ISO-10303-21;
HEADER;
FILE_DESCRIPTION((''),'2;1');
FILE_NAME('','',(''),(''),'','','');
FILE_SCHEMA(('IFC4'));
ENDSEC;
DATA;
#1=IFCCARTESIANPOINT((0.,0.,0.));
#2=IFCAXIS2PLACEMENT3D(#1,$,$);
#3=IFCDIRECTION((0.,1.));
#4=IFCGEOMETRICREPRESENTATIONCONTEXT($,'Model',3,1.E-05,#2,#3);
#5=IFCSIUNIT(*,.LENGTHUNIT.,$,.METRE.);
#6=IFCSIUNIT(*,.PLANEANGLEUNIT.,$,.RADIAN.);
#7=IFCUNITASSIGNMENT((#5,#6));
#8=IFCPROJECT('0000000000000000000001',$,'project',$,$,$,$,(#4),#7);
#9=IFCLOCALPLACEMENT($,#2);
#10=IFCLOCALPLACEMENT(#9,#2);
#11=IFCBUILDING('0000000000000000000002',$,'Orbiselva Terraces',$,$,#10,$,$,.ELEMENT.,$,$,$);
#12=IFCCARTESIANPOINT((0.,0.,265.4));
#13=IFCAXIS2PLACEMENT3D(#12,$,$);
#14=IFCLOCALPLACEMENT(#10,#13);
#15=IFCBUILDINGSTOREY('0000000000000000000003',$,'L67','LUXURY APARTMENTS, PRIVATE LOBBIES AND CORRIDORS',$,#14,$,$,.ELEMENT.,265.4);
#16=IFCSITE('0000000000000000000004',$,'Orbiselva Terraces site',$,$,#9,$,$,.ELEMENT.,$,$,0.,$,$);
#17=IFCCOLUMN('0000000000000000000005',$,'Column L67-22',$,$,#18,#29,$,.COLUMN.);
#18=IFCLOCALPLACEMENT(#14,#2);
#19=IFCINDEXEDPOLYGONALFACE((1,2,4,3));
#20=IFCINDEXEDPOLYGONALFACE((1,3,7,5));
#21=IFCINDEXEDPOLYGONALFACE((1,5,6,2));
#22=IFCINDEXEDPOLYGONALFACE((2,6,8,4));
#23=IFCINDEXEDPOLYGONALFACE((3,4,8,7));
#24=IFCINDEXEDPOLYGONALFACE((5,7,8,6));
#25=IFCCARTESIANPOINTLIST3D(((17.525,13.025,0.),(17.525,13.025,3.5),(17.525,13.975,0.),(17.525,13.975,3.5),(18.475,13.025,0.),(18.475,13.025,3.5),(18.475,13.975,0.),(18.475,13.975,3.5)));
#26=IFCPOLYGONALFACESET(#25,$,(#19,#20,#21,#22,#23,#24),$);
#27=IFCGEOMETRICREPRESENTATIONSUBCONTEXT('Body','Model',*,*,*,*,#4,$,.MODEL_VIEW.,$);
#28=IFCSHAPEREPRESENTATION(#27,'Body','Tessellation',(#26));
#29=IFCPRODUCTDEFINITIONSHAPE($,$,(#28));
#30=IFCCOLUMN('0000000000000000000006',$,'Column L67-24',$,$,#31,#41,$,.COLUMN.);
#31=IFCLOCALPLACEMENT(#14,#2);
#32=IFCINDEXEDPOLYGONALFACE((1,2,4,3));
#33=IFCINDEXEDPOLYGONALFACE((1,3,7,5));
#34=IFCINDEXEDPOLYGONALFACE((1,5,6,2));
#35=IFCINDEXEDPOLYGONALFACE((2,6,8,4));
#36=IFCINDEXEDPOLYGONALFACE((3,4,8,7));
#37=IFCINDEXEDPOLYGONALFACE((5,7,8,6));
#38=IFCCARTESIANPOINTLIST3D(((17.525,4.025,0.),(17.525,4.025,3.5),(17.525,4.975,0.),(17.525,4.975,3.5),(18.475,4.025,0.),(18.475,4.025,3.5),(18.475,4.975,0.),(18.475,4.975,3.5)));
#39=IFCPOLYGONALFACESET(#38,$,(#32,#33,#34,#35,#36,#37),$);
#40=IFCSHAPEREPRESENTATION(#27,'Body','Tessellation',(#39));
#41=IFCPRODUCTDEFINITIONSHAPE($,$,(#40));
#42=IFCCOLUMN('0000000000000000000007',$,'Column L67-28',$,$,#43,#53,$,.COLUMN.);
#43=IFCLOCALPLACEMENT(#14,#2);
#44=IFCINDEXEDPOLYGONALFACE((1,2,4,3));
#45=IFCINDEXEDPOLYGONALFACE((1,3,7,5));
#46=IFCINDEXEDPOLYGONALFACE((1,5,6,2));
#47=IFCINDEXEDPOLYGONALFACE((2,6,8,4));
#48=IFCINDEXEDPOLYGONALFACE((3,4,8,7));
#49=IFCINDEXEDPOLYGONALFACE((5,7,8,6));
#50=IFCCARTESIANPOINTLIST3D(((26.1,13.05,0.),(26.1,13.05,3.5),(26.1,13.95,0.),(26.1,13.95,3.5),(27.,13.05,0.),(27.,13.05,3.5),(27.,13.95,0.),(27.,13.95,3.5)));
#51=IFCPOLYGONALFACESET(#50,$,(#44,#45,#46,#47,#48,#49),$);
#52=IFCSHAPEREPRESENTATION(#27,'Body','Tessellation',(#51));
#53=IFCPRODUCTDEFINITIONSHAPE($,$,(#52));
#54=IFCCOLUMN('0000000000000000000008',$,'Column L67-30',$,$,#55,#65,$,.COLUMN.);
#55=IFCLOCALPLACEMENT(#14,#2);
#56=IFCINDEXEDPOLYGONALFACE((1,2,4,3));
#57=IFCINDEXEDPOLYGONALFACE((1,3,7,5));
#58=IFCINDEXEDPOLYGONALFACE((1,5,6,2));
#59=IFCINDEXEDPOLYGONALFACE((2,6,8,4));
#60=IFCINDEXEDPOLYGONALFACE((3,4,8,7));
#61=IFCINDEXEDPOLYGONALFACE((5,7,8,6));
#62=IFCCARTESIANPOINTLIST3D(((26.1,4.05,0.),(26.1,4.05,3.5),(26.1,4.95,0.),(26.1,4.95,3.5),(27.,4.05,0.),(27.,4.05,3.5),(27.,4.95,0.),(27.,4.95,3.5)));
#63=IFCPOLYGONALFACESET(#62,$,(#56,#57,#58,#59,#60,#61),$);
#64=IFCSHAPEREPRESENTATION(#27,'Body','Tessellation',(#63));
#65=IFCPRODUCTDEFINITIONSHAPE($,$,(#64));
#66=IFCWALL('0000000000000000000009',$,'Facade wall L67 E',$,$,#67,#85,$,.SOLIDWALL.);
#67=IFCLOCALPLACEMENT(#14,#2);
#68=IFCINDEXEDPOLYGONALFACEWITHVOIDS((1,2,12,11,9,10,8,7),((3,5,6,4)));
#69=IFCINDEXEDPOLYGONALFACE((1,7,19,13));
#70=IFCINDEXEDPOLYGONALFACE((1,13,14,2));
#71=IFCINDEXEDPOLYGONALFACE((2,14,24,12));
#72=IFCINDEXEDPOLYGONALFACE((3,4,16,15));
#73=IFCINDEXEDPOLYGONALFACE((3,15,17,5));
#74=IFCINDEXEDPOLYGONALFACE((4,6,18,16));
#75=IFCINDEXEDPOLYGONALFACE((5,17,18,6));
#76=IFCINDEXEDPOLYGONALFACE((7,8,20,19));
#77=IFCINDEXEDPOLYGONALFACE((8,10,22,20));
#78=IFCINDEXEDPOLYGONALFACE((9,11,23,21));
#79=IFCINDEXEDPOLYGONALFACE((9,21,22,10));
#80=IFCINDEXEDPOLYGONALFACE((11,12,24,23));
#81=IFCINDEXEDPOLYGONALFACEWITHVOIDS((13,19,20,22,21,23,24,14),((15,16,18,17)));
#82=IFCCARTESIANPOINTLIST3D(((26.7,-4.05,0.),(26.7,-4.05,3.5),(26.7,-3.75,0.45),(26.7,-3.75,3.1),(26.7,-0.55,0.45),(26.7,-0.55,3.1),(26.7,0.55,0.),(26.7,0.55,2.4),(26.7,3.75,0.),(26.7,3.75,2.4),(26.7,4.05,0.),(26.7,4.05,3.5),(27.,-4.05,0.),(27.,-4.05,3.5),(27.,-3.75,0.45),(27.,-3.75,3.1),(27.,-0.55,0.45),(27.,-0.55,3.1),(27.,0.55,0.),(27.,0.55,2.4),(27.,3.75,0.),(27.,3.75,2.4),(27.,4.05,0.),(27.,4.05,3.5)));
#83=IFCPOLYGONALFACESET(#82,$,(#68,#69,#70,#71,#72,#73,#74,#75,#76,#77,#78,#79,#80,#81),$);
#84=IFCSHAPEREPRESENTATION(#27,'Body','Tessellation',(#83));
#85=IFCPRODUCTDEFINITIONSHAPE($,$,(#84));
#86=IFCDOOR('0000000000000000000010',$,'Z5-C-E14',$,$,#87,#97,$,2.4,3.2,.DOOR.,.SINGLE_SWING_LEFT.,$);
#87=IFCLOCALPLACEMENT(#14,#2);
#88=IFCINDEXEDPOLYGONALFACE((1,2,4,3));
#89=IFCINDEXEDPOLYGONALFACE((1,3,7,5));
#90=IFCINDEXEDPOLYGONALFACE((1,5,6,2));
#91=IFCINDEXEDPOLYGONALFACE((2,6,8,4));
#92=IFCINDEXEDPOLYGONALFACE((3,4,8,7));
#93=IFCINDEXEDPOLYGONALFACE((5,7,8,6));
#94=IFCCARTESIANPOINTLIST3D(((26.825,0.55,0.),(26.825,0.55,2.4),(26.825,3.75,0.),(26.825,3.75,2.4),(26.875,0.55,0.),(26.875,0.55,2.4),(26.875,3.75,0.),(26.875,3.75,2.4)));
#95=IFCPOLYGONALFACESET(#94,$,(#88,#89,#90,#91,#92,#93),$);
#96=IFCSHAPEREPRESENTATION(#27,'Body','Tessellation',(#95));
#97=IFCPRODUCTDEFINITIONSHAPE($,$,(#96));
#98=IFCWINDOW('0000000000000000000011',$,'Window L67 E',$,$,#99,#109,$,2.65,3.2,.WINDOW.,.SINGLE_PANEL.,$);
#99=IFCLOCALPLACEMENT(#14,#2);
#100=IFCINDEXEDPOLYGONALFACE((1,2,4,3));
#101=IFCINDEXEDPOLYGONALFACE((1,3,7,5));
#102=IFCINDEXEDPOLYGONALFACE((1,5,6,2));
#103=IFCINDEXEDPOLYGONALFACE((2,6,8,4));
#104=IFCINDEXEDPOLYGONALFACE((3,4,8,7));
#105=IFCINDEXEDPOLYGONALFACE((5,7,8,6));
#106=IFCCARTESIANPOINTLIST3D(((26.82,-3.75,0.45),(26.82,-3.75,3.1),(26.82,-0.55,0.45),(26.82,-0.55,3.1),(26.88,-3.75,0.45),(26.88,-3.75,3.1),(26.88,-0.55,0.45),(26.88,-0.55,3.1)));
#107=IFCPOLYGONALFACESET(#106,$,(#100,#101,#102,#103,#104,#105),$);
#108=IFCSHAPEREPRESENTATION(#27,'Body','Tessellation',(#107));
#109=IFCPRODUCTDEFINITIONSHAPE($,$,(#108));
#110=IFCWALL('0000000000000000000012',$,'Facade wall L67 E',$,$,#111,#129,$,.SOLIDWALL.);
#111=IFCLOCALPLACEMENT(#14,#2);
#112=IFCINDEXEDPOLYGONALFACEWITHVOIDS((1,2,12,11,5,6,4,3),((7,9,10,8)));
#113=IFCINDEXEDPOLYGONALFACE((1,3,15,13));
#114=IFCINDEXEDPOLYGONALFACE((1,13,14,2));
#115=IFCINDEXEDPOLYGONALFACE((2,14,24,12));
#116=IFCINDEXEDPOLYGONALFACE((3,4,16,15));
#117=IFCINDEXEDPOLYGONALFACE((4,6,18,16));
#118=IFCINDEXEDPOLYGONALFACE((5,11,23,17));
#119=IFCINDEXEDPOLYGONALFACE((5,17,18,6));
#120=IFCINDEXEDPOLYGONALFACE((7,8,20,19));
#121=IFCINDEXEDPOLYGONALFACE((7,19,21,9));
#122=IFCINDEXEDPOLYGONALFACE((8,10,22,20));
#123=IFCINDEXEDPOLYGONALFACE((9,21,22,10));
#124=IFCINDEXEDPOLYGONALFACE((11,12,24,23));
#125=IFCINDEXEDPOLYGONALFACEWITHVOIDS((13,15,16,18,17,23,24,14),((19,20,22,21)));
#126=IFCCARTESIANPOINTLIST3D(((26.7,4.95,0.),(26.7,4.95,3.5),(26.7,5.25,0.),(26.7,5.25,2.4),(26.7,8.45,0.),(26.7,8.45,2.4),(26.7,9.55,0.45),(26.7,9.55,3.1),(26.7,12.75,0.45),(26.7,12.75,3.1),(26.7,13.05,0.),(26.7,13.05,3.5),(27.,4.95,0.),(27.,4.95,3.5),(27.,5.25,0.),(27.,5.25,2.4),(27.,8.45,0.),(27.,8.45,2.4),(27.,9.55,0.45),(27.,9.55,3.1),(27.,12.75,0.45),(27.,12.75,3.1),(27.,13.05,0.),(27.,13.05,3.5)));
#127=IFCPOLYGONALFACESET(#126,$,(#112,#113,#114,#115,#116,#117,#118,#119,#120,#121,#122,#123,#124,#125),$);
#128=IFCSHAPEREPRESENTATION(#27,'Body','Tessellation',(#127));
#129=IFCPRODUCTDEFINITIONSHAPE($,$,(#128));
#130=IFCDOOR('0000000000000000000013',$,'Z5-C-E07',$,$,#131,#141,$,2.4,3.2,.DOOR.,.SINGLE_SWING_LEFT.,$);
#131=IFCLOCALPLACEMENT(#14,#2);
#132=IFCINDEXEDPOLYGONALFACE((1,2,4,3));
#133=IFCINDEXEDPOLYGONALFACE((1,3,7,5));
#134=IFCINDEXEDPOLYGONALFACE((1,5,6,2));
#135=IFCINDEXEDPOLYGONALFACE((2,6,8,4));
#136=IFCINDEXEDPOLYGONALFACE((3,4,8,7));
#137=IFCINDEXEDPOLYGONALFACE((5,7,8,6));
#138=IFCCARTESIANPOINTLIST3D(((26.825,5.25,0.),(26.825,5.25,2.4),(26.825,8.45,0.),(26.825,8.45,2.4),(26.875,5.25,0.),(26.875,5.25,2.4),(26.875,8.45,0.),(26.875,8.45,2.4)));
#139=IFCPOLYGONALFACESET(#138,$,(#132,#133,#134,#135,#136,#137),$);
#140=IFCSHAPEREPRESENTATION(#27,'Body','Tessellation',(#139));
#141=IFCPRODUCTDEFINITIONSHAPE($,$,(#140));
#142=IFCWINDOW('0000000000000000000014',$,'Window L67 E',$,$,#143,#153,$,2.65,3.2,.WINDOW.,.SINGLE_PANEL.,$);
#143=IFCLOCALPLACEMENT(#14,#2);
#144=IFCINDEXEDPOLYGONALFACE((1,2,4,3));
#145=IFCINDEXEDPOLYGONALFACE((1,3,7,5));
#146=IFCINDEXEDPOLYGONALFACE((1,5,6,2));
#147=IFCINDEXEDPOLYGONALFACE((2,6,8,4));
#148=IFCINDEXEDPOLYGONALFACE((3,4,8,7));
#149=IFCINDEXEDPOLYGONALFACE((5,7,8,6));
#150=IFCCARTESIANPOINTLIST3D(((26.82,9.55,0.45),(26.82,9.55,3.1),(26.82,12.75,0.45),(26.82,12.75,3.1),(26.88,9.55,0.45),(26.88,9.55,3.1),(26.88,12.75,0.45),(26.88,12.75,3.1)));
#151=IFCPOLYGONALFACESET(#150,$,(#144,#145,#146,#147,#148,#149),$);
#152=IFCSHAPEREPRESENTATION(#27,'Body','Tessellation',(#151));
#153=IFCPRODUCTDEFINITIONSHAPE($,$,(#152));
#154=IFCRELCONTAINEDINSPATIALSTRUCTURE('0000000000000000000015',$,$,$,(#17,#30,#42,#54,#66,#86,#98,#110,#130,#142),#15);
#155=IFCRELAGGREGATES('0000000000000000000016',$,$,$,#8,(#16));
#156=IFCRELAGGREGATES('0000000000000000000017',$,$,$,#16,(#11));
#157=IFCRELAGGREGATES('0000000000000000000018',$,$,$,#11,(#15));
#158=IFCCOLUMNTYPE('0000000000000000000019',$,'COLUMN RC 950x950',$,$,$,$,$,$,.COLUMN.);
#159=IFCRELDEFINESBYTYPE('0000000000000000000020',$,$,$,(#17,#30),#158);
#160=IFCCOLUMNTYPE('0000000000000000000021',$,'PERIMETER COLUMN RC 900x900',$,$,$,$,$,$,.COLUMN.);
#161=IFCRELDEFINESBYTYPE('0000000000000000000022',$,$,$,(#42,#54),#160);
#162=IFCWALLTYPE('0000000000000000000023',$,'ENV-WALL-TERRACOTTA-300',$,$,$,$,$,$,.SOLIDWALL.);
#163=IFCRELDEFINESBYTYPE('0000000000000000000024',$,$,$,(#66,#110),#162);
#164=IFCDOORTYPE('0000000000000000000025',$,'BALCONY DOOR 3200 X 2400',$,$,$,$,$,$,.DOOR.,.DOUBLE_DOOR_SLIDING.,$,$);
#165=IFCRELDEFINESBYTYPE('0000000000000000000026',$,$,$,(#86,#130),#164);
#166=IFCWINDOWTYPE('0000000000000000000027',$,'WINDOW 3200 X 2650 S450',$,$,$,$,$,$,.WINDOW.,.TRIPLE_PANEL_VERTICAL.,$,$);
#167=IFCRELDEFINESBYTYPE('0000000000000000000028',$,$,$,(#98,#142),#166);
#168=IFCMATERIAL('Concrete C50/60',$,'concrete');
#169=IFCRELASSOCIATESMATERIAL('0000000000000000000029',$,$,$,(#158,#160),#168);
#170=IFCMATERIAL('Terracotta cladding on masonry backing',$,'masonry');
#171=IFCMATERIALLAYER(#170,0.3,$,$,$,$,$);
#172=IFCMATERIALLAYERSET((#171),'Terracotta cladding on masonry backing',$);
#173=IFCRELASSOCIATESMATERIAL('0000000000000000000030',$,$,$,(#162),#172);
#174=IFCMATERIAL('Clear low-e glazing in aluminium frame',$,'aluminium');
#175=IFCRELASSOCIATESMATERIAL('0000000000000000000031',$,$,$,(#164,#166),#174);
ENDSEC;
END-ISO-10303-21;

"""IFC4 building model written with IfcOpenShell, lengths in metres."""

from ifc_helpers import new_model, si_unit, direction, frame, frame_2d, origin, origin_2d, place, context, subcontext, project, spatial, rectangle, extrude, material, layer, layer_set, material_profile, profile_set, type_object, element, fill, save


model = new_model("IFC4")

# Units and contexts
model_context = context("Model", 3, precision=1e-05, world=origin(), true_north=direction((0.0, 1.0)))
body_context = subcontext(model_context, "Body", "Model", "MODEL_VIEW")
ifc_project = project(units=[si_unit("LENGTHUNIT", "METRE"), si_unit("PLANEANGLEUNIT", "RADIAN")], contexts=[model_context])

# Site, building, storey
site_placement = place(None, origin())
site = spatial("IfcSite", under=ifc_project, at=site_placement, Name="Orbiselva Terraces site", CompositionType="ELEMENT", RefElevation=0.0)
building_placement = place(site_placement, origin())
building = spatial("IfcBuilding", under=site, at=building_placement, Name="Orbiselva Terraces", CompositionType="ELEMENT")
storey_placement = place(building_placement, frame((0.0, 0.0, 265.4)))
storey = spatial("IfcBuildingStorey", under=building, at=storey_placement, Name="L67", Description="LUXURY APARTMENTS, PRIVATE LOBBIES AND CORRIDORS", CompositionType="ELEMENT", Elevation=265.4)

# Columns
ifc_material_1 = material(Name="Concrete C50/60", Category="concrete")
ifc_material_profile_1 = material_profile(ifc_material_1, rectangle(XDim=0.95, YDim=0.95, at=origin_2d()), Name="RC 950x950")
ifc_profile_set_1 = profile_set([ifc_material_profile_1], Name="Concrete C50/60")
column_type_1 = type_object("IfcColumnType", Name="COLUMN RC 950x950", PredefinedType="COLUMN", material=ifc_profile_set_1)
for number, where, z_axis, x_axis, name in (
    (1, (18.0, 13.5, 0.0), (0.0, 0.0, 1.0), (1.0, 0.0, 0.0), "Column L67-22"),
    (2, (18.0, 4.5, 0.0), (0.0, 0.0, 1.0), (1.0, 0.0, 0.0), "Column L67-24"),
):
    element("IfcColumn", number, at=place(storey_placement, frame(where, z_axis=z_axis, x_axis=x_axis)), inside=storey, type_object=column_type_1, Name=name, PredefinedType="COLUMN", context=body_context, shape_type="SweptSolid", body=[
        extrude(rectangle(XDim=0.95, YDim=0.95, at=origin_2d()), origin(), (0.0, 0.0, 1.0), 3.5),
    ])
ifc_material_profile_2 = material_profile(ifc_material_1, rectangle(XDim=0.9, YDim=0.9, at=origin_2d()), Name="RC 900x900")
ifc_profile_set_2 = profile_set([ifc_material_profile_2], Name="Concrete C50/60")
column_type_2 = type_object("IfcColumnType", Name="PERIMETER COLUMN RC 900x900", PredefinedType="COLUMN", material=ifc_profile_set_2)
for number, where, z_axis, x_axis, name in (
    (3, (26.55, 13.5, 0.0), (0.0, 0.0, 1.0), (1.0, 0.0, 0.0), "Column L67-28"),
    (4, (26.55, 4.5, 0.0), (0.0, 0.0, 1.0), (1.0, 0.0, 0.0), "Column L67-30"),
):
    element("IfcColumn", number, at=place(storey_placement, frame(where, z_axis=z_axis, x_axis=x_axis)), inside=storey, type_object=column_type_2, Name=name, PredefinedType="COLUMN", context=body_context, shape_type="SweptSolid", body=[
        extrude(rectangle(XDim=0.9, YDim=0.9, at=origin_2d()), origin(), (0.0, 0.0, 1.0), 3.5),
    ])

# Walls, openings, doors, windows
ifc_material_2 = material(Name="Terracotta cladding on masonry backing", Category="masonry")
ifc_layer_1 = layer(ifc_material_2, 0.3)
ifc_layer_set_1 = layer_set([ifc_layer_1], Name="Terracotta cladding on masonry backing")
wall_type_1 = type_object("IfcWallType", Name="ENV-WALL-TERRACOTTA-300", PredefinedType="SOLIDWALL", material=ifc_layer_set_1)
wall_1_placement = place(storey_placement, frame((26.85, 4.05, 0.0), z_axis=(0.0, 0.0, 1.0), x_axis=(0.0, -1.0, 0.0)))
wall_1 = element("IfcWall", 5, at=wall_1_placement, inside=storey, type_object=wall_type_1, Name="Facade wall L67 E", PredefinedType="SOLIDWALL", context=body_context, shape_type="SweptSolid", body=[
    extrude(rectangle(XDim=8.1, YDim=0.3, at=frame_2d((4.05, 0.0))), origin(), (0.0, 0.0, 1.0), 3.5),
])
opening_1_placement = place(wall_1_placement, frame((4.6, 0.0, 0.45)))
opening_1 = element("IfcOpeningElement", 6, at=opening_1_placement, cuts=wall_1, PredefinedType="OPENING", context=body_context, shape_type="SweptSolid", body=[
    extrude(rectangle(XDim=3.2, YDim=2.65, at=frame_2d((1.6, 1.325))), frame((0.0, 0.16, 0.0), z_axis=(0.0, -1.0, 0.0), x_axis=(1.0, 0.0, 0.0)), (0.0, 0.0, 1.0), 0.32),
])
opening_2_placement = place(wall_1_placement, frame((0.3, 0.0, 0.0)))
opening_2 = element("IfcOpeningElement", 7, at=opening_2_placement, cuts=wall_1, PredefinedType="OPENING", context=body_context, shape_type="SweptSolid", body=[
    extrude(rectangle(XDim=3.2, YDim=2.4, at=frame_2d((1.6, 1.2))), frame((0.0, 0.16, 0.0), z_axis=(0.0, -1.0, 0.0), x_axis=(1.0, 0.0, 0.0)), (0.0, 0.0, 1.0), 0.32),
])
ifc_material_3 = material(Name="Clear low-e glazing in aluminium frame", Category="aluminium")
door_type_1 = type_object("IfcDoorType", Name="BALCONY DOOR 3200 X 2400", OperationType="DOUBLE_DOOR_SLIDING", PredefinedType="DOOR", material=ifc_material_3)
door_1_placement = place(opening_2_placement, origin())
door_1 = element("IfcDoor", 8, at=door_1_placement, inside=storey, type_object=door_type_1, Name="Z5-C-E14", OperationType="SINGLE_SWING_LEFT", OverallHeight=2.4, OverallWidth=3.2, PredefinedType="DOOR", context=body_context, shape_type="SweptSolid", body=[
    extrude(rectangle(XDim=3.2, YDim=2.4, at=frame_2d((1.6, 1.2))), frame((0.0, 0.025, 0.0), z_axis=(0.0, -1.0, 0.0), x_axis=(1.0, 0.0, 0.0)), (0.0, 0.0, 1.0), 0.05),
])
fill(opening_2, door_1)
window_type = type_object("IfcWindowType", Name="WINDOW 3200 X 2650 S450", PartitioningType="TRIPLE_PANEL_VERTICAL", PredefinedType="WINDOW", material=ifc_material_3)
window_1_placement = place(opening_1_placement, origin())
window_1 = element("IfcWindow", 9, at=window_1_placement, inside=storey, type_object=window_type, Name="Window L67 E", OverallHeight=2.65, OverallWidth=3.2, PartitioningType="SINGLE_PANEL", PredefinedType="WINDOW", context=body_context, shape_type="SweptSolid", body=[
    extrude(rectangle(XDim=3.2, YDim=2.65, at=frame_2d((1.6, 1.325))), frame((0.0, 0.03, 0.0), z_axis=(0.0, -1.0, 0.0), x_axis=(1.0, 0.0, 0.0)), (0.0, 0.0, 1.0), 0.06),
])
fill(opening_1, window_1)
wall_2_placement = place(storey_placement, frame((26.85, 13.05, 0.0), z_axis=(0.0, 0.0, 1.0), x_axis=(0.0, -1.0, 0.0)))
wall_2 = element("IfcWall", 10, at=wall_2_placement, inside=storey, type_object=wall_type_1, Name="Facade wall L67 E", PredefinedType="SOLIDWALL", context=body_context, shape_type="SweptSolid", body=[
    extrude(rectangle(XDim=8.1, YDim=0.3, at=frame_2d((4.05, 0.0))), origin(), (0.0, 0.0, 1.0), 3.5),
])
opening_3_placement = place(wall_2_placement, frame((4.6, 0.0, 0.0)))
opening_3 = element("IfcOpeningElement", 11, at=opening_3_placement, cuts=wall_2, PredefinedType="OPENING", context=body_context, shape_type="SweptSolid", body=[
    extrude(rectangle(XDim=3.2, YDim=2.4, at=frame_2d((1.6, 1.2))), frame((0.0, 0.16, 0.0), z_axis=(0.0, -1.0, 0.0), x_axis=(1.0, 0.0, 0.0)), (0.0, 0.0, 1.0), 0.32),
])
opening_4_placement = place(wall_2_placement, frame((0.3, 0.0, 0.45)))
opening_4 = element("IfcOpeningElement", 12, at=opening_4_placement, cuts=wall_2, PredefinedType="OPENING", context=body_context, shape_type="SweptSolid", body=[
    extrude(rectangle(XDim=3.2, YDim=2.65, at=frame_2d((1.6, 1.325))), frame((0.0, 0.16, 0.0), z_axis=(0.0, -1.0, 0.0), x_axis=(1.0, 0.0, 0.0)), (0.0, 0.0, 1.0), 0.32),
])
door_2_placement = place(opening_3_placement, origin())
door_2 = element("IfcDoor", 13, at=door_2_placement, inside=storey, type_object=door_type_1, Name="Z5-C-E07", OperationType="SINGLE_SWING_LEFT", OverallHeight=2.4, OverallWidth=3.2, PredefinedType="DOOR", context=body_context, shape_type="SweptSolid", body=[
    extrude(rectangle(XDim=3.2, YDim=2.4, at=frame_2d((1.6, 1.2))), frame((0.0, 0.025, 0.0), z_axis=(0.0, -1.0, 0.0), x_axis=(1.0, 0.0, 0.0)), (0.0, 0.0, 1.0), 0.05),
])
fill(opening_3, door_2)
window_2_placement = place(opening_4_placement, origin())
window_2 = element("IfcWindow", 14, at=window_2_placement, inside=storey, type_object=window_type, Name="Window L67 E", OverallHeight=2.65, OverallWidth=3.2, PartitioningType="SINGLE_PANEL", PredefinedType="WINDOW", context=body_context, shape_type="SweptSolid", body=[
    extrude(rectangle(XDim=3.2, YDim=2.65, at=frame_2d((1.6, 1.325))), frame((0.0, 0.03, 0.0), z_axis=(0.0, -1.0, 0.0), x_axis=(1.0, 0.0, 0.0)), (0.0, 0.0, 1.0), 0.06),
])
fill(opening_4, window_2)

save(model, "model.ifc")
